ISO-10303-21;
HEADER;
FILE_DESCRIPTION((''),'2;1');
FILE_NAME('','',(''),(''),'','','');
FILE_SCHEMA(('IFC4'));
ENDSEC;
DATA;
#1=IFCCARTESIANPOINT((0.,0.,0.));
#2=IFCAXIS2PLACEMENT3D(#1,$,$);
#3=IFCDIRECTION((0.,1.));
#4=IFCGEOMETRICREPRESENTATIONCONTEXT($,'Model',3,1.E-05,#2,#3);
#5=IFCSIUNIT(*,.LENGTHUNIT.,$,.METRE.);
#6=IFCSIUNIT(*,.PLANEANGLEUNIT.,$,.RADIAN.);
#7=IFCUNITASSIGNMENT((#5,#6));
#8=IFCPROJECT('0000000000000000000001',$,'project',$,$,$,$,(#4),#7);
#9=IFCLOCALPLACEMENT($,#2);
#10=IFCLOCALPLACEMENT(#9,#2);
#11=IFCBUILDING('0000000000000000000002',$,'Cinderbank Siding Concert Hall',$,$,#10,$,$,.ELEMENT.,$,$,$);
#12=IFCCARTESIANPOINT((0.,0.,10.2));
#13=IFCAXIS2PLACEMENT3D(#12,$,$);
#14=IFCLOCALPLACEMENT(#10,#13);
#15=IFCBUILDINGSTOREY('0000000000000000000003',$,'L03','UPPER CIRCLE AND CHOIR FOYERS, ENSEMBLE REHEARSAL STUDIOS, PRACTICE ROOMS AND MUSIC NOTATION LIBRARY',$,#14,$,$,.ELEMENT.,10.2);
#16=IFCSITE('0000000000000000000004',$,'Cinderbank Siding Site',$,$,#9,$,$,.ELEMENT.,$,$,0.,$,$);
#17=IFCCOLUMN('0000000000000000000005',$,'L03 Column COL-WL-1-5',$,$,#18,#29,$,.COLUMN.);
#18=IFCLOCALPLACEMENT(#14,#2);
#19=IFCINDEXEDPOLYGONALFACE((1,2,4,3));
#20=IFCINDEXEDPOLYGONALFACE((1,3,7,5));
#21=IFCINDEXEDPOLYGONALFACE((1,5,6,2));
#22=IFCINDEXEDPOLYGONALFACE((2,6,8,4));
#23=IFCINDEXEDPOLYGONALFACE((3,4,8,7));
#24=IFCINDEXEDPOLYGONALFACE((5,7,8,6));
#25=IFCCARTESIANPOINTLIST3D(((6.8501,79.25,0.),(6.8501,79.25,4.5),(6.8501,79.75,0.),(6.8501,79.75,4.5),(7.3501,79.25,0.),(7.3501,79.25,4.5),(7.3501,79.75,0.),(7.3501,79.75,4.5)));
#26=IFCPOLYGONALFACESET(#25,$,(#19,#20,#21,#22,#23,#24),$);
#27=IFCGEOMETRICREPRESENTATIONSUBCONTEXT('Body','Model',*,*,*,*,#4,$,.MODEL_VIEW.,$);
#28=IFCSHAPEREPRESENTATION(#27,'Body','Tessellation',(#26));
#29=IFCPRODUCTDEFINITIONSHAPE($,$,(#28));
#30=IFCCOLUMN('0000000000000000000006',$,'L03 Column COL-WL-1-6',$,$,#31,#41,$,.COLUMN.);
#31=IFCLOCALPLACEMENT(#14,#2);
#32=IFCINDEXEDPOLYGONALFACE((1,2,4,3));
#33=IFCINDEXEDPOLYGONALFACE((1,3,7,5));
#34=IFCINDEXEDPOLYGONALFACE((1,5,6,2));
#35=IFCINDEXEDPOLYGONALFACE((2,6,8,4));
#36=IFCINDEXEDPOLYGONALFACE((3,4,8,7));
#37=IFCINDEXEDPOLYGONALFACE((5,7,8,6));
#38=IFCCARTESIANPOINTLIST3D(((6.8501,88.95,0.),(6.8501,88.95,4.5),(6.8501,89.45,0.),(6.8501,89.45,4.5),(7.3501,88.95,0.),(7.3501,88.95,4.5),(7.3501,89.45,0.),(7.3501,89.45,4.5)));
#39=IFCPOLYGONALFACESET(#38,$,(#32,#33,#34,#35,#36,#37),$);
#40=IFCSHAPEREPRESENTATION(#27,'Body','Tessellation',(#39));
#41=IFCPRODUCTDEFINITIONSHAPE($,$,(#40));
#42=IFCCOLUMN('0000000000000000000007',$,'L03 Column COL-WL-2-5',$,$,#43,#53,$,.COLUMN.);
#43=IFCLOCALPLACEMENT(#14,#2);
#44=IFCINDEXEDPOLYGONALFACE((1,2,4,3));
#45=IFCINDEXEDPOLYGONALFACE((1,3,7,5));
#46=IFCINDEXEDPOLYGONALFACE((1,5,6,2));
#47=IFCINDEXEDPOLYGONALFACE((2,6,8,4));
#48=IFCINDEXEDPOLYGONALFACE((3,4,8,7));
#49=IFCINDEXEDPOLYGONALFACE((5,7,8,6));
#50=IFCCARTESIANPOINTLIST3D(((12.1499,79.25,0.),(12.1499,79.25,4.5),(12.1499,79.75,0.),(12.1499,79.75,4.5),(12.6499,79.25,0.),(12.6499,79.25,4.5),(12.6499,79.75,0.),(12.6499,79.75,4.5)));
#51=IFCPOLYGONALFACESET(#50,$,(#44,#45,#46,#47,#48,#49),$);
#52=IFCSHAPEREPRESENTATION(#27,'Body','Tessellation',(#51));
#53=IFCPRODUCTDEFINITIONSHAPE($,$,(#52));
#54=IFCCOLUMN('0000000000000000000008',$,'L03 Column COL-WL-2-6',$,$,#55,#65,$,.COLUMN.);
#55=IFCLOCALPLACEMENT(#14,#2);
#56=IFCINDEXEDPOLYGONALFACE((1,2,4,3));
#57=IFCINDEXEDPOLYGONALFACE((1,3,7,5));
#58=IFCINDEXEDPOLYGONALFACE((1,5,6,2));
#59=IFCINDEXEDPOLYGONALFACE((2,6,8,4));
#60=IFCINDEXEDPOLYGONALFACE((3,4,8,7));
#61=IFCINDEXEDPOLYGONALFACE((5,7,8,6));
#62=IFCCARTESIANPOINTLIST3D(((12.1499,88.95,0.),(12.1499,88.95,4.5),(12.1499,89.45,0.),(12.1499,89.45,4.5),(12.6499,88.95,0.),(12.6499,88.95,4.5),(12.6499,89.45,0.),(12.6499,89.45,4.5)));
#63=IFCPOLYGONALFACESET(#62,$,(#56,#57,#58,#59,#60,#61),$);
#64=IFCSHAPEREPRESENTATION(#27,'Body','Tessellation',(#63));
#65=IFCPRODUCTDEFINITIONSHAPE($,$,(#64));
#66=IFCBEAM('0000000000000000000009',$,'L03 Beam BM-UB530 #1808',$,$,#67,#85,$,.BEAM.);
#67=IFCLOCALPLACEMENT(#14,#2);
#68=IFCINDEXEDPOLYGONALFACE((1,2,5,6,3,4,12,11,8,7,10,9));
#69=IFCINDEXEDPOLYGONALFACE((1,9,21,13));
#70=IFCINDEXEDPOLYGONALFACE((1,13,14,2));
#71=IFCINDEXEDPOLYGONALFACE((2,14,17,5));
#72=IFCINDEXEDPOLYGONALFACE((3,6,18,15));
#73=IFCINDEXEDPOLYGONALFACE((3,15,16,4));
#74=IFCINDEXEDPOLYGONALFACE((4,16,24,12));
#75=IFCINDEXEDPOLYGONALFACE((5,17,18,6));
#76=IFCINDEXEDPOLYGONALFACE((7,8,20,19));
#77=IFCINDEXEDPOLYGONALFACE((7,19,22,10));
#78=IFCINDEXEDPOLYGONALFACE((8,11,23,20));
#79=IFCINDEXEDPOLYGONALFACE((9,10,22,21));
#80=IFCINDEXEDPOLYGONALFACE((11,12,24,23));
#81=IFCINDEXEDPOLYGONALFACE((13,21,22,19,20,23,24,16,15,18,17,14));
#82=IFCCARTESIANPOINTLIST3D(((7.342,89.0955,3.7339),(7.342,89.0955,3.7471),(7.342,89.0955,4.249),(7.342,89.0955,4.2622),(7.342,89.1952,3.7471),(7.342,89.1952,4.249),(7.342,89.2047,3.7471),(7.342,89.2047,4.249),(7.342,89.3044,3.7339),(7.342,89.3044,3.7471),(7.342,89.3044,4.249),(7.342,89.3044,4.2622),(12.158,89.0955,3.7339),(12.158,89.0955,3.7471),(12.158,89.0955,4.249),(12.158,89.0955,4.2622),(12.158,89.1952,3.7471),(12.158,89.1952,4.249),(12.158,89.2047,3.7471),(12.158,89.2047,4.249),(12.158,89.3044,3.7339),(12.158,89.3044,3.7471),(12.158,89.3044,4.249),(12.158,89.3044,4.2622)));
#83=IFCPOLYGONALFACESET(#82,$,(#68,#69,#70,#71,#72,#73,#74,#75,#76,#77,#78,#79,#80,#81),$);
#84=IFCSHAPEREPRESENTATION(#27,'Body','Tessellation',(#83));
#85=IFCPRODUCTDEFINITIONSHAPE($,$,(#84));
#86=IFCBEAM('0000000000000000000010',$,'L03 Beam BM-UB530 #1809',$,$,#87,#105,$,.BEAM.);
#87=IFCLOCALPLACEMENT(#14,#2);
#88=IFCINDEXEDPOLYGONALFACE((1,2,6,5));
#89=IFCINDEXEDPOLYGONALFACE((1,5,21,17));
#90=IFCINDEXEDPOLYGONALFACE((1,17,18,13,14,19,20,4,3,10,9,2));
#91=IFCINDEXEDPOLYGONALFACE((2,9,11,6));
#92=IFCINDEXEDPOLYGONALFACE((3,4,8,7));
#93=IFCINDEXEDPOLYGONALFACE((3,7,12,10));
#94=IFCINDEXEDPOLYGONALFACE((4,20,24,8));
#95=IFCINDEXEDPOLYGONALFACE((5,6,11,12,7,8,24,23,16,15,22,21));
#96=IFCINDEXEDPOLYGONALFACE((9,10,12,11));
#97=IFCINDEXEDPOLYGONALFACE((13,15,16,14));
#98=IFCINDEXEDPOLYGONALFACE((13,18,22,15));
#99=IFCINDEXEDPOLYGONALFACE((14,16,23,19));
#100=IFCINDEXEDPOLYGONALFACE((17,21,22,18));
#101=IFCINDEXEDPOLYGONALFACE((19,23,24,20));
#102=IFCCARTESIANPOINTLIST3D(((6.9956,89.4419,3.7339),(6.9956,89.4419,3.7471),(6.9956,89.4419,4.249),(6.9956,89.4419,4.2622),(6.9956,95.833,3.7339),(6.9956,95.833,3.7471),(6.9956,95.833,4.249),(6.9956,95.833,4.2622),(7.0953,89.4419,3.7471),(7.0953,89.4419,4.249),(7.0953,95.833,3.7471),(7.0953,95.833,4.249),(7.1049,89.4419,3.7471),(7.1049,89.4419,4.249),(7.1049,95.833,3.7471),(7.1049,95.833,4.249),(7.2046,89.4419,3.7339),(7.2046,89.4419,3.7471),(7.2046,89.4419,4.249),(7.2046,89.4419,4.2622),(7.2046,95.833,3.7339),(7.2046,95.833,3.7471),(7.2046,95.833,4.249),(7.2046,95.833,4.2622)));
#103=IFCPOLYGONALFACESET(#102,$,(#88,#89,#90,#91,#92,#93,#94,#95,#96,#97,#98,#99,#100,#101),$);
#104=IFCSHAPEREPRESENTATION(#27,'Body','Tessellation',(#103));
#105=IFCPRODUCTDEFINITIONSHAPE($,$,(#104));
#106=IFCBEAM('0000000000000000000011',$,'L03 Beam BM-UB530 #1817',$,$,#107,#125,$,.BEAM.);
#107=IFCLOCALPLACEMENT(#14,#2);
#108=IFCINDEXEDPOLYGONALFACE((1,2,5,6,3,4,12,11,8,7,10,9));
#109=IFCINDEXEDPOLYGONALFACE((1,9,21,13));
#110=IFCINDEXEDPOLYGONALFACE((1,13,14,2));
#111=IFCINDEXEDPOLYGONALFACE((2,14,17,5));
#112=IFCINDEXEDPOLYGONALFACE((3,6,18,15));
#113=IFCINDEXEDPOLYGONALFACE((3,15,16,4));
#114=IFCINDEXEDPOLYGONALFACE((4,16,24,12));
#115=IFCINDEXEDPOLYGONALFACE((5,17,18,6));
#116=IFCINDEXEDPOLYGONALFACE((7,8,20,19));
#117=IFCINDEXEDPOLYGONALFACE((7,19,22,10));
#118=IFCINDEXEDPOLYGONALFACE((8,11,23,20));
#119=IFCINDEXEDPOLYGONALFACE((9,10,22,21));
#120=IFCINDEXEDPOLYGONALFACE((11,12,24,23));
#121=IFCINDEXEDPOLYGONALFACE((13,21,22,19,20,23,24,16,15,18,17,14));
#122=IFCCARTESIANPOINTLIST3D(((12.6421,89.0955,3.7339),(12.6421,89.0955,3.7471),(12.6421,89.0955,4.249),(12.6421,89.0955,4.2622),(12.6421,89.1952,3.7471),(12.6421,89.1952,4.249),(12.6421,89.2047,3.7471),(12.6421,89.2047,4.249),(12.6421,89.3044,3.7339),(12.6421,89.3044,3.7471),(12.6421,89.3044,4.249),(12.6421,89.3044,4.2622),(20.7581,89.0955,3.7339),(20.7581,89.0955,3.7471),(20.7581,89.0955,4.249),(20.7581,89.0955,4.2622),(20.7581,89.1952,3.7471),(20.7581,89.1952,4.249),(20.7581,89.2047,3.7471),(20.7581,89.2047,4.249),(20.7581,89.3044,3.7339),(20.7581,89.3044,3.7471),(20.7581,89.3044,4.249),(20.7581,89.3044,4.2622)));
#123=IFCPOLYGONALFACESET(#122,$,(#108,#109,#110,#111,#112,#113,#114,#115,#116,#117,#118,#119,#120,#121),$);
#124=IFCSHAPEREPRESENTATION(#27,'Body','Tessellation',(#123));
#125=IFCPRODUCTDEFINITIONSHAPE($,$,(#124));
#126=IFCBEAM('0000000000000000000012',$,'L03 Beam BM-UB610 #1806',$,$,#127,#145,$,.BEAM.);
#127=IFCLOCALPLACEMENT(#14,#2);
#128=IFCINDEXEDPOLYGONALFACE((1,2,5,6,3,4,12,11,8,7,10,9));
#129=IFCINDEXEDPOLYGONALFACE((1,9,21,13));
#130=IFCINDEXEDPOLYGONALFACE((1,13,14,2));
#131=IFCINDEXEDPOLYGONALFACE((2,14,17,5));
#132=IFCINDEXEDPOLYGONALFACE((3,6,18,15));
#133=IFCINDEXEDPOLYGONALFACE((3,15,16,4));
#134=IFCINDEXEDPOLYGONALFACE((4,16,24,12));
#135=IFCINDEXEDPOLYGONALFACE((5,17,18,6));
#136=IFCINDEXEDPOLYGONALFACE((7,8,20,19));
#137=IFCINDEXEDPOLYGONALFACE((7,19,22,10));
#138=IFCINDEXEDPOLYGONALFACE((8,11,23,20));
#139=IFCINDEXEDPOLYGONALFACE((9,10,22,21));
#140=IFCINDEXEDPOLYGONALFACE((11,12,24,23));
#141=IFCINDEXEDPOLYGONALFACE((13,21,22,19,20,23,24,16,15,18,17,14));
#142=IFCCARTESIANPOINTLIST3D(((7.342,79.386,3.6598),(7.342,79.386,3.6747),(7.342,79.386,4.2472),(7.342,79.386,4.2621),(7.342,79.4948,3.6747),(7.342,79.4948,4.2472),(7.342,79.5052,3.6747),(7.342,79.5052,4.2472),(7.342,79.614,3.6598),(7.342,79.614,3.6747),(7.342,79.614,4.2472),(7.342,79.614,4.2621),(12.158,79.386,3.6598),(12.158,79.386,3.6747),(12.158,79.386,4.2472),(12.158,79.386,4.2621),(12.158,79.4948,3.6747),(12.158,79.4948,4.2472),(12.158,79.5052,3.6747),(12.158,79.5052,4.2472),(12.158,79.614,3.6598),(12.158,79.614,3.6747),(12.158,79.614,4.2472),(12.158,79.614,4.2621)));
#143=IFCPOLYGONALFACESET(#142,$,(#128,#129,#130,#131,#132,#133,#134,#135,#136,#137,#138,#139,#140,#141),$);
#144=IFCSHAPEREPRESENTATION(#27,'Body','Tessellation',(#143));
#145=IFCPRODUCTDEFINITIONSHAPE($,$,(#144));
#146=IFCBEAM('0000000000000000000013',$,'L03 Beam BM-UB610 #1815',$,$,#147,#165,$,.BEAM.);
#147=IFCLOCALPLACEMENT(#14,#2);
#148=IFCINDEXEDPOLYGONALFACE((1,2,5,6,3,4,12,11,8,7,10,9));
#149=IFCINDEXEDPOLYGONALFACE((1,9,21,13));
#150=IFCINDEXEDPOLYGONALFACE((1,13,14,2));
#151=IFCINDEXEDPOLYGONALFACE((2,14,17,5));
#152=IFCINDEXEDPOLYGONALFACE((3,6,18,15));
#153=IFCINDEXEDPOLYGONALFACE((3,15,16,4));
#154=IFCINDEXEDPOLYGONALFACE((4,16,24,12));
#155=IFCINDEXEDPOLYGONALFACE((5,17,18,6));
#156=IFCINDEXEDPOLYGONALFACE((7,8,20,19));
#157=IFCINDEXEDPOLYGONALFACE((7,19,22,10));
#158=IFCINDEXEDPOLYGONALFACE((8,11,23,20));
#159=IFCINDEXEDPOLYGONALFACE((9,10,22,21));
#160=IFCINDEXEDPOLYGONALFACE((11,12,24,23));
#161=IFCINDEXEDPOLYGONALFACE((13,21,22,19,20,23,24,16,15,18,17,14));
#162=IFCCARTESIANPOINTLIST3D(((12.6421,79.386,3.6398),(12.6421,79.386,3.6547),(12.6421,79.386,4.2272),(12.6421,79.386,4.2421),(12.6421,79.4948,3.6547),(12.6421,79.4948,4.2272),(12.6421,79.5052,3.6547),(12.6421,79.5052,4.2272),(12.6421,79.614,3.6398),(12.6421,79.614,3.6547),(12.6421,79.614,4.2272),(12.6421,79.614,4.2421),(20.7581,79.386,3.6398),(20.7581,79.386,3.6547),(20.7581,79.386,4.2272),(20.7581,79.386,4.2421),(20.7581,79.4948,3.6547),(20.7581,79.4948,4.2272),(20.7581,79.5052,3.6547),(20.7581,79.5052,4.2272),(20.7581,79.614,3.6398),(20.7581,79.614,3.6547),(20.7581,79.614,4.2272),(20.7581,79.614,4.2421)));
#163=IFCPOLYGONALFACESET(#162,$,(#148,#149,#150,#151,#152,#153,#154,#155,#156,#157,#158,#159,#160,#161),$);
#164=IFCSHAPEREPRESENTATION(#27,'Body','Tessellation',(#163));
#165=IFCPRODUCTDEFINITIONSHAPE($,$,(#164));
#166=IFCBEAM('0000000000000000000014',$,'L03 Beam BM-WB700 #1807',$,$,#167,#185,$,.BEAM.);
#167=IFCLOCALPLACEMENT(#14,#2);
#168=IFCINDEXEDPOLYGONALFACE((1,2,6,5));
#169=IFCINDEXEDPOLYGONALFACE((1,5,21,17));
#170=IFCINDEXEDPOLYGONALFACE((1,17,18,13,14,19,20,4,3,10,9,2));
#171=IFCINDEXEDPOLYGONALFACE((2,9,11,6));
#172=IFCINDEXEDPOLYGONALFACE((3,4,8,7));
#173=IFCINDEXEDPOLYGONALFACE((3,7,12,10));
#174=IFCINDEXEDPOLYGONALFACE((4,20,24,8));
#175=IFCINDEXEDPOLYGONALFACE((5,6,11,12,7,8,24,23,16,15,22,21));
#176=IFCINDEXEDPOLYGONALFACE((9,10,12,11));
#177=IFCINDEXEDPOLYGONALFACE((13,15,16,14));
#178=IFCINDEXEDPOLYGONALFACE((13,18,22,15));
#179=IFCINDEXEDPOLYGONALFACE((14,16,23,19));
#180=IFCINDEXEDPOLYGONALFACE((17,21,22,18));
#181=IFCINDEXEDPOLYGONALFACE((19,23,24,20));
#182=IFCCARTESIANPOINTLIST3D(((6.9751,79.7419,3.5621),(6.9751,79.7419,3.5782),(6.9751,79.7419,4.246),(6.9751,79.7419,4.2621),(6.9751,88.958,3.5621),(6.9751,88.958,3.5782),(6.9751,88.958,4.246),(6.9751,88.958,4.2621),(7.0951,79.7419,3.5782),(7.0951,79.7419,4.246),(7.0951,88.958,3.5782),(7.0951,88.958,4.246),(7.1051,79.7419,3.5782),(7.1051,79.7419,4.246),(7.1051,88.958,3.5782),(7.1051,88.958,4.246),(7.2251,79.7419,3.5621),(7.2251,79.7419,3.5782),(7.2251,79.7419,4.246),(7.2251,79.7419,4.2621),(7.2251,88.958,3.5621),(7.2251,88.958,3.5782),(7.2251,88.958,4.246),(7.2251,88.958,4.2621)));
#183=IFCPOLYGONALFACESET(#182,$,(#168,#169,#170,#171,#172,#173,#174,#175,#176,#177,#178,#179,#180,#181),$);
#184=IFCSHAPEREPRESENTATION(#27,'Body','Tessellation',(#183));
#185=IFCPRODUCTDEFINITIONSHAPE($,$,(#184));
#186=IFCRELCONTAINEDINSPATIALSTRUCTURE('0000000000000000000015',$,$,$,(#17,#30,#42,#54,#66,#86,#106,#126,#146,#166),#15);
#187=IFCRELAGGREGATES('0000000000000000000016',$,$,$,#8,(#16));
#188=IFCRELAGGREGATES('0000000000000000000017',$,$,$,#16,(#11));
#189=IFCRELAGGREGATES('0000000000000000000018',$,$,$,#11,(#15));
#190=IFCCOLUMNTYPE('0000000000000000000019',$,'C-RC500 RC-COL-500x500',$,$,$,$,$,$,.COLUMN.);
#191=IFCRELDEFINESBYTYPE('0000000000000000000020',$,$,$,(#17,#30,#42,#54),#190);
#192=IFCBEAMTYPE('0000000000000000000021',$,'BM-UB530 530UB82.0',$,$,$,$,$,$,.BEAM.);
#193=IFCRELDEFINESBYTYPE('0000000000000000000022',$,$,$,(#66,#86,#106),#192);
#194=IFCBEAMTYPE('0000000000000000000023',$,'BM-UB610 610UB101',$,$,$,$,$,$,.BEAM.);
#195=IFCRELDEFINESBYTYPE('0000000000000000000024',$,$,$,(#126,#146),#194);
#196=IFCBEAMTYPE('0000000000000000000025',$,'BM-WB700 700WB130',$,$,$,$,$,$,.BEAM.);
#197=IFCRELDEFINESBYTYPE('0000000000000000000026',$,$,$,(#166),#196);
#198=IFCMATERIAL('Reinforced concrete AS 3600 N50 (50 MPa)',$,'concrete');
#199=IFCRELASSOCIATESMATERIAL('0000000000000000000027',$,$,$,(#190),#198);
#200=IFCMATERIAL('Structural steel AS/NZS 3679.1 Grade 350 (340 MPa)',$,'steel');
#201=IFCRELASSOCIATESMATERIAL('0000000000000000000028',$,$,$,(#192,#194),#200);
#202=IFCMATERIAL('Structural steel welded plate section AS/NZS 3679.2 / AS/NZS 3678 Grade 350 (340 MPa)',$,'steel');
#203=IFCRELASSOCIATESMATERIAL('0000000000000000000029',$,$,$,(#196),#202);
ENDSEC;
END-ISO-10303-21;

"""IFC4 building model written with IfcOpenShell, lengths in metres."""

from ifc_helpers import new_model, si_unit, direction, frame, origin, origin_2d, place, context, subcontext, project, spatial, rectangle, i_section, extrude, material, material_profile, profile_set, type_object, element, save


model = new_model("IFC4")

# Units and contexts
model_context = context("Model", 3, precision=1e-05, world=origin(), true_north=direction((0.0, 1.0)))
body_context = subcontext(model_context, "Body", "Model", "MODEL_VIEW")
ifc_project = project(units=[si_unit("LENGTHUNIT", "METRE"), si_unit("PLANEANGLEUNIT", "RADIAN")], contexts=[model_context])

# Site, building, storey
site_placement = place(None, origin())
site = spatial("IfcSite", under=ifc_project, at=site_placement, Name="Cinderbank Siding Site", CompositionType="ELEMENT", RefElevation=0.0)
building_placement = place(site_placement, origin())
building = spatial("IfcBuilding", under=site, at=building_placement, Name="Cinderbank Siding Concert Hall", CompositionType="ELEMENT")
storey_placement = place(building_placement, frame((0.0, 0.0, 10.2)))
storey = spatial("IfcBuildingStorey", under=building, at=storey_placement, Name="L03", Description="UPPER CIRCLE AND CHOIR FOYERS, ENSEMBLE REHEARSAL STUDIOS, PRACTICE ROOMS AND MUSIC NOTATION LIBRARY", CompositionType="ELEMENT", Elevation=10.2)

# Columns
ifc_material_1 = material(Name="Reinforced concrete AS 3600 N50 (50 MPa)", Category="concrete")
ifc_material_profile_1 = material_profile(ifc_material_1, rectangle(XDim=0.5, YDim=0.5, at=origin_2d()), Name="RC-COL-500x500", Category="LoadBearing")
ifc_profile_set_1 = profile_set([ifc_material_profile_1], Name="Reinforced concrete AS 3600 N50 (50 MPa)")
column_type = type_object("IfcColumnType", Name="C-RC500 RC-COL-500x500", PredefinedType="COLUMN", material=ifc_profile_set_1)
for number, where, z_axis, x_axis, name in (
    (1, (7.1001, 79.5, 0.0), (0.0, 0.0, 1.0), (1.0, 0.0, 0.0), "L03 Column COL-WL-1-5"),
    (2, (7.1001, 89.2, 0.0), (0.0, 0.0, 1.0), (1.0, 0.0, 0.0), "L03 Column COL-WL-1-6"),
    (3, (12.3999, 79.5, 0.0), (0.0, 0.0, 1.0), (1.0, 0.0, 0.0), "L03 Column COL-WL-2-5"),
    (4, (12.3999, 89.2, 0.0), (0.0, 0.0, 1.0), (1.0, 0.0, 0.0), "L03 Column COL-WL-2-6"),
):
    element("IfcColumn", number, at=place(storey_placement, frame(where, z_axis=z_axis, x_axis=x_axis)), inside=storey, type_object=column_type, Name=name, PredefinedType="COLUMN", context=body_context, shape_type="SweptSolid", body=[
        extrude(rectangle(XDim=0.5, YDim=0.5, at=origin_2d()), origin(), (0.0, 0.0, 1.0), 4.5),
    ])

# Beams
ifc_material_2 = material(Name="Structural steel AS/NZS 3679.1 Grade 350 (340 MPa)", Category="steel")
ifc_material_profile_2 = material_profile(ifc_material_2, i_section(OverallWidth=0.209, OverallDepth=0.5283, WebThickness=0.0095, FlangeThickness=0.0132, at=origin_2d()), Name="530UB82.0", Category="LoadBearing")
ifc_profile_set_2 = profile_set([ifc_material_profile_2], Name="Structural steel AS/NZS 3679.1 Grade 350 (340 MPa)")
beam_type_1 = type_object("IfcBeamType", Name="BM-UB530 530UB82.0", PredefinedType="BEAM", material=ifc_profile_set_2)
beam_1_placement = place(storey_placement, frame((7.342, 89.2, 3.998), z_axis=(1.0, 0.0, 0.0), x_axis=(0.0, 1.0, 0.0)))
element("IfcBeam", 5, at=beam_1_placement, inside=storey, type_object=beam_type_1, Name="L03 Beam BM-UB530 #1808", PredefinedType="BEAM", context=body_context, shape_type="SweptSolid", body=[
    extrude(i_section(OverallWidth=0.209, OverallDepth=0.5283, WebThickness=0.0095, FlangeThickness=0.0132, at=origin_2d()), origin(), (0.0, 0.0, 1.0), 4.8159),
])
beam_2_placement = place(storey_placement, frame((7.1001, 89.4419, 3.998), z_axis=(0.0, 1.0, 0.0), x_axis=(-1.0, 0.0, 0.0)))
element("IfcBeam", 6, at=beam_2_placement, inside=storey, type_object=beam_type_1, Name="L03 Beam BM-UB530 #1809", PredefinedType="BEAM", context=body_context, shape_type="SweptSolid", body=[
    extrude(i_section(OverallWidth=0.209, OverallDepth=0.5283, WebThickness=0.0095, FlangeThickness=0.0132, at=origin_2d()), origin(), (0.0, 0.0, 1.0), 6.3911),
])
beam_3_placement = place(storey_placement, frame((12.6421, 89.2, 3.998), z_axis=(1.0, 0.0, 0.0), x_axis=(0.0, 1.0, 0.0)))
element("IfcBeam", 7, at=beam_3_placement, inside=storey, type_object=beam_type_1, Name="L03 Beam BM-UB530 #1817", PredefinedType="BEAM", context=body_context, shape_type="SweptSolid", body=[
    extrude(i_section(OverallWidth=0.209, OverallDepth=0.5283, WebThickness=0.0095, FlangeThickness=0.0132, at=origin_2d()), origin(), (0.0, 0.0, 1.0), 8.116),
])
ifc_material_profile_3 = material_profile(ifc_material_2, i_section(OverallWidth=0.228, OverallDepth=0.6023, WebThickness=0.0105, FlangeThickness=0.0149, at=origin_2d()), Name="610UB101", Category="LoadBearing")
ifc_profile_set_3 = profile_set([ifc_material_profile_3], Name="Structural steel AS/NZS 3679.1 Grade 350 (340 MPa)")
beam_type_2 = type_object("IfcBeamType", Name="BM-UB610 610UB101", PredefinedType="BEAM", material=ifc_profile_set_3)
beam_4_placement = place(storey_placement, frame((7.342, 79.5, 3.9609), z_axis=(1.0, 0.0, 0.0), x_axis=(0.0, 1.0, 0.0)))
element("IfcBeam", 8, at=beam_4_placement, inside=storey, type_object=beam_type_2, Name="L03 Beam BM-UB610 #1806", PredefinedType="BEAM", context=body_context, shape_type="SweptSolid", body=[
    extrude(i_section(OverallWidth=0.228, OverallDepth=0.6023, WebThickness=0.0105, FlangeThickness=0.0149, at=origin_2d()), origin(), (0.0, 0.0, 1.0), 4.8159),
])
beam_5_placement = place(storey_placement, frame((12.6421, 79.5, 3.9409), z_axis=(1.0, 0.0, 0.0), x_axis=(0.0, 1.0, 0.0)))
element("IfcBeam", 9, at=beam_5_placement, inside=storey, type_object=beam_type_2, Name="L03 Beam BM-UB610 #1815", PredefinedType="BEAM", context=body_context, shape_type="SweptSolid", body=[
    extrude(i_section(OverallWidth=0.228, OverallDepth=0.6023, WebThickness=0.0105, FlangeThickness=0.0149, at=origin_2d()), origin(), (0.0, 0.0, 1.0), 8.116),
])
ifc_material_3 = material(Name="Structural steel welded plate section AS/NZS 3679.2 / AS/NZS 3678 Grade 350 (340 MPa)", Category="steel")
ifc_material_profile_4 = material_profile(ifc_material_3, i_section(OverallWidth=0.25, OverallDepth=0.7, WebThickness=0.01, FlangeThickness=0.0161, at=origin_2d()), Name="700WB130", Category="LoadBearing")
ifc_profile_set_4 = profile_set([ifc_material_profile_4], Name="Structural steel welded plate section AS/NZS 3679.2 / AS/NZS 3678 Grade 350 (340 MPa)")
beam_type_3 = type_object("IfcBeamType", Name="BM-WB700 700WB130", PredefinedType="BEAM", material=ifc_profile_set_4)
for number, where, z_axis, x_axis, name in (
    (10, (7.1001, 79.7419, 3.9121), (0.0, 1.0, 0.0), (-1.0, 0.0, 0.0), "L03 Beam BM-WB700 #1807"),
):
    element("IfcBeam", number, at=place(storey_placement, frame(where, z_axis=z_axis, x_axis=x_axis)), inside=storey, type_object=beam_type_3, Name=name, PredefinedType="BEAM", context=body_context, shape_type="SweptSolid", body=[
        extrude(i_section(OverallWidth=0.25, OverallDepth=0.7, WebThickness=0.01, FlangeThickness=0.0161, at=origin_2d()), origin(), (0.0, 0.0, 1.0), 9.2161),
    ])

save(model, "model.ifc")
